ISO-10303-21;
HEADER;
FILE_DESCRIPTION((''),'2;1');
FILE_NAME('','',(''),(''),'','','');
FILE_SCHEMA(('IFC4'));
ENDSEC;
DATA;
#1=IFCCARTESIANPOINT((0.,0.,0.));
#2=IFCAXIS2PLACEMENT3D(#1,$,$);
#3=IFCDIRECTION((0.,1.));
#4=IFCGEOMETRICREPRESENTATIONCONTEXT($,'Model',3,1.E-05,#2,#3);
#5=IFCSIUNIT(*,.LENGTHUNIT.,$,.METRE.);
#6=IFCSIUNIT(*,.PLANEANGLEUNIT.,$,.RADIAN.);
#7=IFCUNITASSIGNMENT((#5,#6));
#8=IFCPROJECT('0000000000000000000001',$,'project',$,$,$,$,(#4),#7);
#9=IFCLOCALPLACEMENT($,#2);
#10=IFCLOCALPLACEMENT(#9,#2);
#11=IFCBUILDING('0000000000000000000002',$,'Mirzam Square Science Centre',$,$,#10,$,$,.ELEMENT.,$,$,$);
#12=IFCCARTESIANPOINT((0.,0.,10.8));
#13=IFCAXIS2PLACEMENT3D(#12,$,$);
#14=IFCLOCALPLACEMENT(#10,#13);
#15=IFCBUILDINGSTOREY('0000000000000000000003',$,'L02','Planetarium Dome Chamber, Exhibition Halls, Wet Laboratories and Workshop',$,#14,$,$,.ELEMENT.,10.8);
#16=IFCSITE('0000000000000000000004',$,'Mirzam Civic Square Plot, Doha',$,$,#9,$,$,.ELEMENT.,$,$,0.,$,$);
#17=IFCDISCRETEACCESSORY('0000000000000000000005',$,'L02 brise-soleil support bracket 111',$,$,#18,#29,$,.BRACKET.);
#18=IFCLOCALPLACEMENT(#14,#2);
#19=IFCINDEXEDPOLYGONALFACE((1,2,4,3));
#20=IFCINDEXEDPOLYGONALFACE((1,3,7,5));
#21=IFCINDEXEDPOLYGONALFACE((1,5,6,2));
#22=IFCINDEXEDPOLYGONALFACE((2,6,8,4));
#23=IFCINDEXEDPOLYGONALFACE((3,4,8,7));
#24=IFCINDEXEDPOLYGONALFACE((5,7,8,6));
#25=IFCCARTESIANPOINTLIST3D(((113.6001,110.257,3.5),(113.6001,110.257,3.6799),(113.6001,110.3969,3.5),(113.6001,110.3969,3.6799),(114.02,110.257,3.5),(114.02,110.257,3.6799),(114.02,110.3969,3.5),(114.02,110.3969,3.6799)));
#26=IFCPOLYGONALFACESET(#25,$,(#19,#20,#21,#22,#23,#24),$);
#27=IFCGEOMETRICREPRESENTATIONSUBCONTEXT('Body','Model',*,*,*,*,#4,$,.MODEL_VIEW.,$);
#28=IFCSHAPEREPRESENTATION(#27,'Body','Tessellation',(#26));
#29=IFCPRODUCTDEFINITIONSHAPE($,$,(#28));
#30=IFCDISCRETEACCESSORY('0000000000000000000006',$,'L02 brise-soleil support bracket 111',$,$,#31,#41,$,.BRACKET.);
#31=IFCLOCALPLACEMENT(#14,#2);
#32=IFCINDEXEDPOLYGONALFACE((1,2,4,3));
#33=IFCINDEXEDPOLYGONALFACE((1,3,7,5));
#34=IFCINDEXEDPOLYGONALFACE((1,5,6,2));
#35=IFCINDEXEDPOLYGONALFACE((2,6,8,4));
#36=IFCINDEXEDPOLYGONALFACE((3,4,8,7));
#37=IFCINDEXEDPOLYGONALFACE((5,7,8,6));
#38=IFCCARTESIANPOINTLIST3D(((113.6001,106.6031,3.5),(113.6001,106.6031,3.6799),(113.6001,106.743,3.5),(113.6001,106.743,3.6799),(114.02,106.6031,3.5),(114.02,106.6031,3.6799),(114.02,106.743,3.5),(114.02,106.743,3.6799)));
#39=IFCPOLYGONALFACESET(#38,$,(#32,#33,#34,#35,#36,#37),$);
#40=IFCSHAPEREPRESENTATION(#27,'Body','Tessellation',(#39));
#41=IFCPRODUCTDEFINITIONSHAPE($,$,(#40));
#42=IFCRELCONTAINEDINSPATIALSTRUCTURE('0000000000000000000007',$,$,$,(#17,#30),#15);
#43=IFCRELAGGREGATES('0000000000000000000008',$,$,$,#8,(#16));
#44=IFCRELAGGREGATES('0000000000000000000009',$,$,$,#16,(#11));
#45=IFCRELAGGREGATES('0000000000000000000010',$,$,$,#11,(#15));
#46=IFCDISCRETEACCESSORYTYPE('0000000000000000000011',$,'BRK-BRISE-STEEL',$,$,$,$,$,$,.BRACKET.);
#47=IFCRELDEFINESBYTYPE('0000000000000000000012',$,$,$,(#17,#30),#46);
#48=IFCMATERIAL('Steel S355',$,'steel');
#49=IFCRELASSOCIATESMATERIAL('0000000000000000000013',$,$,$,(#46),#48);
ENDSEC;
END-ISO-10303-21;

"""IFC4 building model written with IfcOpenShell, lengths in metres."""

from ifc_helpers import new_model, si_unit, direction, frame, origin, origin_2d, place, context, subcontext, project, spatial, rectangle, extrude, material, type_object, element, save


model = new_model("IFC4")

# Units and contexts
model_context = context("Model", 3, precision=1e-05, world=origin(), true_north=direction((0.0, 1.0)))
body_context = subcontext(model_context, "Body", "Model", "MODEL_VIEW")
ifc_project = project(units=[si_unit("LENGTHUNIT", "METRE"), si_unit("PLANEANGLEUNIT", "RADIAN")], contexts=[model_context])

# Site, building, storey
site_placement = place(None, origin())
site = spatial("IfcSite", under=ifc_project, at=site_placement, Name="Mirzam Civic Square Plot, Doha", CompositionType="ELEMENT", RefElevation=0.0)
building_placement = place(site_placement, origin())
building = spatial("IfcBuilding", under=site, at=building_placement, Name="Mirzam Square Science Centre", CompositionType="ELEMENT")
storey_placement = place(building_placement, frame((0.0, 0.0, 10.8)))
storey = spatial("IfcBuildingStorey", under=building, at=storey_placement, Name="L02", Description="Planetarium Dome Chamber, Exhibition Halls, Wet Laboratories and Workshop", CompositionType="ELEMENT", Elevation=10.8)

# Shared definitions
ifc_material_1 = material(Name="Steel S355", Category="steel")

# Discrete accessories
discrete_accessory_type = type_object("IfcDiscreteAccessoryType", Name="BRK-BRISE-STEEL", PredefinedType="BRACKET", material=ifc_material_1)
for number, where, z_axis, x_axis, name in (
    (1, (113.8101, 110.3269, 3.5), (0.0, 0.0, 1.0), (0.0, -1.0, 0.0), "L02 brise-soleil support bracket 111"),
    (2, (113.8101, 106.6731, 3.5), (0.0, 0.0, 1.0), (0.0, -1.0, 0.0), "L02 brise-soleil support bracket 111"),
):
    element("IfcDiscreteAccessory", number, at=place(storey_placement, frame(where, z_axis=z_axis, x_axis=x_axis)), inside=storey, type_object=discrete_accessory_type, Name=name, PredefinedType="BRACKET", context=body_context, shape_type="SweptSolid", body=[
        extrude(rectangle(XDim=0.1399, YDim=0.4199, at=origin_2d()), origin(), (0.0, 0.0, 1.0), 0.1799),
    ])

save(model, "model.ifc")
